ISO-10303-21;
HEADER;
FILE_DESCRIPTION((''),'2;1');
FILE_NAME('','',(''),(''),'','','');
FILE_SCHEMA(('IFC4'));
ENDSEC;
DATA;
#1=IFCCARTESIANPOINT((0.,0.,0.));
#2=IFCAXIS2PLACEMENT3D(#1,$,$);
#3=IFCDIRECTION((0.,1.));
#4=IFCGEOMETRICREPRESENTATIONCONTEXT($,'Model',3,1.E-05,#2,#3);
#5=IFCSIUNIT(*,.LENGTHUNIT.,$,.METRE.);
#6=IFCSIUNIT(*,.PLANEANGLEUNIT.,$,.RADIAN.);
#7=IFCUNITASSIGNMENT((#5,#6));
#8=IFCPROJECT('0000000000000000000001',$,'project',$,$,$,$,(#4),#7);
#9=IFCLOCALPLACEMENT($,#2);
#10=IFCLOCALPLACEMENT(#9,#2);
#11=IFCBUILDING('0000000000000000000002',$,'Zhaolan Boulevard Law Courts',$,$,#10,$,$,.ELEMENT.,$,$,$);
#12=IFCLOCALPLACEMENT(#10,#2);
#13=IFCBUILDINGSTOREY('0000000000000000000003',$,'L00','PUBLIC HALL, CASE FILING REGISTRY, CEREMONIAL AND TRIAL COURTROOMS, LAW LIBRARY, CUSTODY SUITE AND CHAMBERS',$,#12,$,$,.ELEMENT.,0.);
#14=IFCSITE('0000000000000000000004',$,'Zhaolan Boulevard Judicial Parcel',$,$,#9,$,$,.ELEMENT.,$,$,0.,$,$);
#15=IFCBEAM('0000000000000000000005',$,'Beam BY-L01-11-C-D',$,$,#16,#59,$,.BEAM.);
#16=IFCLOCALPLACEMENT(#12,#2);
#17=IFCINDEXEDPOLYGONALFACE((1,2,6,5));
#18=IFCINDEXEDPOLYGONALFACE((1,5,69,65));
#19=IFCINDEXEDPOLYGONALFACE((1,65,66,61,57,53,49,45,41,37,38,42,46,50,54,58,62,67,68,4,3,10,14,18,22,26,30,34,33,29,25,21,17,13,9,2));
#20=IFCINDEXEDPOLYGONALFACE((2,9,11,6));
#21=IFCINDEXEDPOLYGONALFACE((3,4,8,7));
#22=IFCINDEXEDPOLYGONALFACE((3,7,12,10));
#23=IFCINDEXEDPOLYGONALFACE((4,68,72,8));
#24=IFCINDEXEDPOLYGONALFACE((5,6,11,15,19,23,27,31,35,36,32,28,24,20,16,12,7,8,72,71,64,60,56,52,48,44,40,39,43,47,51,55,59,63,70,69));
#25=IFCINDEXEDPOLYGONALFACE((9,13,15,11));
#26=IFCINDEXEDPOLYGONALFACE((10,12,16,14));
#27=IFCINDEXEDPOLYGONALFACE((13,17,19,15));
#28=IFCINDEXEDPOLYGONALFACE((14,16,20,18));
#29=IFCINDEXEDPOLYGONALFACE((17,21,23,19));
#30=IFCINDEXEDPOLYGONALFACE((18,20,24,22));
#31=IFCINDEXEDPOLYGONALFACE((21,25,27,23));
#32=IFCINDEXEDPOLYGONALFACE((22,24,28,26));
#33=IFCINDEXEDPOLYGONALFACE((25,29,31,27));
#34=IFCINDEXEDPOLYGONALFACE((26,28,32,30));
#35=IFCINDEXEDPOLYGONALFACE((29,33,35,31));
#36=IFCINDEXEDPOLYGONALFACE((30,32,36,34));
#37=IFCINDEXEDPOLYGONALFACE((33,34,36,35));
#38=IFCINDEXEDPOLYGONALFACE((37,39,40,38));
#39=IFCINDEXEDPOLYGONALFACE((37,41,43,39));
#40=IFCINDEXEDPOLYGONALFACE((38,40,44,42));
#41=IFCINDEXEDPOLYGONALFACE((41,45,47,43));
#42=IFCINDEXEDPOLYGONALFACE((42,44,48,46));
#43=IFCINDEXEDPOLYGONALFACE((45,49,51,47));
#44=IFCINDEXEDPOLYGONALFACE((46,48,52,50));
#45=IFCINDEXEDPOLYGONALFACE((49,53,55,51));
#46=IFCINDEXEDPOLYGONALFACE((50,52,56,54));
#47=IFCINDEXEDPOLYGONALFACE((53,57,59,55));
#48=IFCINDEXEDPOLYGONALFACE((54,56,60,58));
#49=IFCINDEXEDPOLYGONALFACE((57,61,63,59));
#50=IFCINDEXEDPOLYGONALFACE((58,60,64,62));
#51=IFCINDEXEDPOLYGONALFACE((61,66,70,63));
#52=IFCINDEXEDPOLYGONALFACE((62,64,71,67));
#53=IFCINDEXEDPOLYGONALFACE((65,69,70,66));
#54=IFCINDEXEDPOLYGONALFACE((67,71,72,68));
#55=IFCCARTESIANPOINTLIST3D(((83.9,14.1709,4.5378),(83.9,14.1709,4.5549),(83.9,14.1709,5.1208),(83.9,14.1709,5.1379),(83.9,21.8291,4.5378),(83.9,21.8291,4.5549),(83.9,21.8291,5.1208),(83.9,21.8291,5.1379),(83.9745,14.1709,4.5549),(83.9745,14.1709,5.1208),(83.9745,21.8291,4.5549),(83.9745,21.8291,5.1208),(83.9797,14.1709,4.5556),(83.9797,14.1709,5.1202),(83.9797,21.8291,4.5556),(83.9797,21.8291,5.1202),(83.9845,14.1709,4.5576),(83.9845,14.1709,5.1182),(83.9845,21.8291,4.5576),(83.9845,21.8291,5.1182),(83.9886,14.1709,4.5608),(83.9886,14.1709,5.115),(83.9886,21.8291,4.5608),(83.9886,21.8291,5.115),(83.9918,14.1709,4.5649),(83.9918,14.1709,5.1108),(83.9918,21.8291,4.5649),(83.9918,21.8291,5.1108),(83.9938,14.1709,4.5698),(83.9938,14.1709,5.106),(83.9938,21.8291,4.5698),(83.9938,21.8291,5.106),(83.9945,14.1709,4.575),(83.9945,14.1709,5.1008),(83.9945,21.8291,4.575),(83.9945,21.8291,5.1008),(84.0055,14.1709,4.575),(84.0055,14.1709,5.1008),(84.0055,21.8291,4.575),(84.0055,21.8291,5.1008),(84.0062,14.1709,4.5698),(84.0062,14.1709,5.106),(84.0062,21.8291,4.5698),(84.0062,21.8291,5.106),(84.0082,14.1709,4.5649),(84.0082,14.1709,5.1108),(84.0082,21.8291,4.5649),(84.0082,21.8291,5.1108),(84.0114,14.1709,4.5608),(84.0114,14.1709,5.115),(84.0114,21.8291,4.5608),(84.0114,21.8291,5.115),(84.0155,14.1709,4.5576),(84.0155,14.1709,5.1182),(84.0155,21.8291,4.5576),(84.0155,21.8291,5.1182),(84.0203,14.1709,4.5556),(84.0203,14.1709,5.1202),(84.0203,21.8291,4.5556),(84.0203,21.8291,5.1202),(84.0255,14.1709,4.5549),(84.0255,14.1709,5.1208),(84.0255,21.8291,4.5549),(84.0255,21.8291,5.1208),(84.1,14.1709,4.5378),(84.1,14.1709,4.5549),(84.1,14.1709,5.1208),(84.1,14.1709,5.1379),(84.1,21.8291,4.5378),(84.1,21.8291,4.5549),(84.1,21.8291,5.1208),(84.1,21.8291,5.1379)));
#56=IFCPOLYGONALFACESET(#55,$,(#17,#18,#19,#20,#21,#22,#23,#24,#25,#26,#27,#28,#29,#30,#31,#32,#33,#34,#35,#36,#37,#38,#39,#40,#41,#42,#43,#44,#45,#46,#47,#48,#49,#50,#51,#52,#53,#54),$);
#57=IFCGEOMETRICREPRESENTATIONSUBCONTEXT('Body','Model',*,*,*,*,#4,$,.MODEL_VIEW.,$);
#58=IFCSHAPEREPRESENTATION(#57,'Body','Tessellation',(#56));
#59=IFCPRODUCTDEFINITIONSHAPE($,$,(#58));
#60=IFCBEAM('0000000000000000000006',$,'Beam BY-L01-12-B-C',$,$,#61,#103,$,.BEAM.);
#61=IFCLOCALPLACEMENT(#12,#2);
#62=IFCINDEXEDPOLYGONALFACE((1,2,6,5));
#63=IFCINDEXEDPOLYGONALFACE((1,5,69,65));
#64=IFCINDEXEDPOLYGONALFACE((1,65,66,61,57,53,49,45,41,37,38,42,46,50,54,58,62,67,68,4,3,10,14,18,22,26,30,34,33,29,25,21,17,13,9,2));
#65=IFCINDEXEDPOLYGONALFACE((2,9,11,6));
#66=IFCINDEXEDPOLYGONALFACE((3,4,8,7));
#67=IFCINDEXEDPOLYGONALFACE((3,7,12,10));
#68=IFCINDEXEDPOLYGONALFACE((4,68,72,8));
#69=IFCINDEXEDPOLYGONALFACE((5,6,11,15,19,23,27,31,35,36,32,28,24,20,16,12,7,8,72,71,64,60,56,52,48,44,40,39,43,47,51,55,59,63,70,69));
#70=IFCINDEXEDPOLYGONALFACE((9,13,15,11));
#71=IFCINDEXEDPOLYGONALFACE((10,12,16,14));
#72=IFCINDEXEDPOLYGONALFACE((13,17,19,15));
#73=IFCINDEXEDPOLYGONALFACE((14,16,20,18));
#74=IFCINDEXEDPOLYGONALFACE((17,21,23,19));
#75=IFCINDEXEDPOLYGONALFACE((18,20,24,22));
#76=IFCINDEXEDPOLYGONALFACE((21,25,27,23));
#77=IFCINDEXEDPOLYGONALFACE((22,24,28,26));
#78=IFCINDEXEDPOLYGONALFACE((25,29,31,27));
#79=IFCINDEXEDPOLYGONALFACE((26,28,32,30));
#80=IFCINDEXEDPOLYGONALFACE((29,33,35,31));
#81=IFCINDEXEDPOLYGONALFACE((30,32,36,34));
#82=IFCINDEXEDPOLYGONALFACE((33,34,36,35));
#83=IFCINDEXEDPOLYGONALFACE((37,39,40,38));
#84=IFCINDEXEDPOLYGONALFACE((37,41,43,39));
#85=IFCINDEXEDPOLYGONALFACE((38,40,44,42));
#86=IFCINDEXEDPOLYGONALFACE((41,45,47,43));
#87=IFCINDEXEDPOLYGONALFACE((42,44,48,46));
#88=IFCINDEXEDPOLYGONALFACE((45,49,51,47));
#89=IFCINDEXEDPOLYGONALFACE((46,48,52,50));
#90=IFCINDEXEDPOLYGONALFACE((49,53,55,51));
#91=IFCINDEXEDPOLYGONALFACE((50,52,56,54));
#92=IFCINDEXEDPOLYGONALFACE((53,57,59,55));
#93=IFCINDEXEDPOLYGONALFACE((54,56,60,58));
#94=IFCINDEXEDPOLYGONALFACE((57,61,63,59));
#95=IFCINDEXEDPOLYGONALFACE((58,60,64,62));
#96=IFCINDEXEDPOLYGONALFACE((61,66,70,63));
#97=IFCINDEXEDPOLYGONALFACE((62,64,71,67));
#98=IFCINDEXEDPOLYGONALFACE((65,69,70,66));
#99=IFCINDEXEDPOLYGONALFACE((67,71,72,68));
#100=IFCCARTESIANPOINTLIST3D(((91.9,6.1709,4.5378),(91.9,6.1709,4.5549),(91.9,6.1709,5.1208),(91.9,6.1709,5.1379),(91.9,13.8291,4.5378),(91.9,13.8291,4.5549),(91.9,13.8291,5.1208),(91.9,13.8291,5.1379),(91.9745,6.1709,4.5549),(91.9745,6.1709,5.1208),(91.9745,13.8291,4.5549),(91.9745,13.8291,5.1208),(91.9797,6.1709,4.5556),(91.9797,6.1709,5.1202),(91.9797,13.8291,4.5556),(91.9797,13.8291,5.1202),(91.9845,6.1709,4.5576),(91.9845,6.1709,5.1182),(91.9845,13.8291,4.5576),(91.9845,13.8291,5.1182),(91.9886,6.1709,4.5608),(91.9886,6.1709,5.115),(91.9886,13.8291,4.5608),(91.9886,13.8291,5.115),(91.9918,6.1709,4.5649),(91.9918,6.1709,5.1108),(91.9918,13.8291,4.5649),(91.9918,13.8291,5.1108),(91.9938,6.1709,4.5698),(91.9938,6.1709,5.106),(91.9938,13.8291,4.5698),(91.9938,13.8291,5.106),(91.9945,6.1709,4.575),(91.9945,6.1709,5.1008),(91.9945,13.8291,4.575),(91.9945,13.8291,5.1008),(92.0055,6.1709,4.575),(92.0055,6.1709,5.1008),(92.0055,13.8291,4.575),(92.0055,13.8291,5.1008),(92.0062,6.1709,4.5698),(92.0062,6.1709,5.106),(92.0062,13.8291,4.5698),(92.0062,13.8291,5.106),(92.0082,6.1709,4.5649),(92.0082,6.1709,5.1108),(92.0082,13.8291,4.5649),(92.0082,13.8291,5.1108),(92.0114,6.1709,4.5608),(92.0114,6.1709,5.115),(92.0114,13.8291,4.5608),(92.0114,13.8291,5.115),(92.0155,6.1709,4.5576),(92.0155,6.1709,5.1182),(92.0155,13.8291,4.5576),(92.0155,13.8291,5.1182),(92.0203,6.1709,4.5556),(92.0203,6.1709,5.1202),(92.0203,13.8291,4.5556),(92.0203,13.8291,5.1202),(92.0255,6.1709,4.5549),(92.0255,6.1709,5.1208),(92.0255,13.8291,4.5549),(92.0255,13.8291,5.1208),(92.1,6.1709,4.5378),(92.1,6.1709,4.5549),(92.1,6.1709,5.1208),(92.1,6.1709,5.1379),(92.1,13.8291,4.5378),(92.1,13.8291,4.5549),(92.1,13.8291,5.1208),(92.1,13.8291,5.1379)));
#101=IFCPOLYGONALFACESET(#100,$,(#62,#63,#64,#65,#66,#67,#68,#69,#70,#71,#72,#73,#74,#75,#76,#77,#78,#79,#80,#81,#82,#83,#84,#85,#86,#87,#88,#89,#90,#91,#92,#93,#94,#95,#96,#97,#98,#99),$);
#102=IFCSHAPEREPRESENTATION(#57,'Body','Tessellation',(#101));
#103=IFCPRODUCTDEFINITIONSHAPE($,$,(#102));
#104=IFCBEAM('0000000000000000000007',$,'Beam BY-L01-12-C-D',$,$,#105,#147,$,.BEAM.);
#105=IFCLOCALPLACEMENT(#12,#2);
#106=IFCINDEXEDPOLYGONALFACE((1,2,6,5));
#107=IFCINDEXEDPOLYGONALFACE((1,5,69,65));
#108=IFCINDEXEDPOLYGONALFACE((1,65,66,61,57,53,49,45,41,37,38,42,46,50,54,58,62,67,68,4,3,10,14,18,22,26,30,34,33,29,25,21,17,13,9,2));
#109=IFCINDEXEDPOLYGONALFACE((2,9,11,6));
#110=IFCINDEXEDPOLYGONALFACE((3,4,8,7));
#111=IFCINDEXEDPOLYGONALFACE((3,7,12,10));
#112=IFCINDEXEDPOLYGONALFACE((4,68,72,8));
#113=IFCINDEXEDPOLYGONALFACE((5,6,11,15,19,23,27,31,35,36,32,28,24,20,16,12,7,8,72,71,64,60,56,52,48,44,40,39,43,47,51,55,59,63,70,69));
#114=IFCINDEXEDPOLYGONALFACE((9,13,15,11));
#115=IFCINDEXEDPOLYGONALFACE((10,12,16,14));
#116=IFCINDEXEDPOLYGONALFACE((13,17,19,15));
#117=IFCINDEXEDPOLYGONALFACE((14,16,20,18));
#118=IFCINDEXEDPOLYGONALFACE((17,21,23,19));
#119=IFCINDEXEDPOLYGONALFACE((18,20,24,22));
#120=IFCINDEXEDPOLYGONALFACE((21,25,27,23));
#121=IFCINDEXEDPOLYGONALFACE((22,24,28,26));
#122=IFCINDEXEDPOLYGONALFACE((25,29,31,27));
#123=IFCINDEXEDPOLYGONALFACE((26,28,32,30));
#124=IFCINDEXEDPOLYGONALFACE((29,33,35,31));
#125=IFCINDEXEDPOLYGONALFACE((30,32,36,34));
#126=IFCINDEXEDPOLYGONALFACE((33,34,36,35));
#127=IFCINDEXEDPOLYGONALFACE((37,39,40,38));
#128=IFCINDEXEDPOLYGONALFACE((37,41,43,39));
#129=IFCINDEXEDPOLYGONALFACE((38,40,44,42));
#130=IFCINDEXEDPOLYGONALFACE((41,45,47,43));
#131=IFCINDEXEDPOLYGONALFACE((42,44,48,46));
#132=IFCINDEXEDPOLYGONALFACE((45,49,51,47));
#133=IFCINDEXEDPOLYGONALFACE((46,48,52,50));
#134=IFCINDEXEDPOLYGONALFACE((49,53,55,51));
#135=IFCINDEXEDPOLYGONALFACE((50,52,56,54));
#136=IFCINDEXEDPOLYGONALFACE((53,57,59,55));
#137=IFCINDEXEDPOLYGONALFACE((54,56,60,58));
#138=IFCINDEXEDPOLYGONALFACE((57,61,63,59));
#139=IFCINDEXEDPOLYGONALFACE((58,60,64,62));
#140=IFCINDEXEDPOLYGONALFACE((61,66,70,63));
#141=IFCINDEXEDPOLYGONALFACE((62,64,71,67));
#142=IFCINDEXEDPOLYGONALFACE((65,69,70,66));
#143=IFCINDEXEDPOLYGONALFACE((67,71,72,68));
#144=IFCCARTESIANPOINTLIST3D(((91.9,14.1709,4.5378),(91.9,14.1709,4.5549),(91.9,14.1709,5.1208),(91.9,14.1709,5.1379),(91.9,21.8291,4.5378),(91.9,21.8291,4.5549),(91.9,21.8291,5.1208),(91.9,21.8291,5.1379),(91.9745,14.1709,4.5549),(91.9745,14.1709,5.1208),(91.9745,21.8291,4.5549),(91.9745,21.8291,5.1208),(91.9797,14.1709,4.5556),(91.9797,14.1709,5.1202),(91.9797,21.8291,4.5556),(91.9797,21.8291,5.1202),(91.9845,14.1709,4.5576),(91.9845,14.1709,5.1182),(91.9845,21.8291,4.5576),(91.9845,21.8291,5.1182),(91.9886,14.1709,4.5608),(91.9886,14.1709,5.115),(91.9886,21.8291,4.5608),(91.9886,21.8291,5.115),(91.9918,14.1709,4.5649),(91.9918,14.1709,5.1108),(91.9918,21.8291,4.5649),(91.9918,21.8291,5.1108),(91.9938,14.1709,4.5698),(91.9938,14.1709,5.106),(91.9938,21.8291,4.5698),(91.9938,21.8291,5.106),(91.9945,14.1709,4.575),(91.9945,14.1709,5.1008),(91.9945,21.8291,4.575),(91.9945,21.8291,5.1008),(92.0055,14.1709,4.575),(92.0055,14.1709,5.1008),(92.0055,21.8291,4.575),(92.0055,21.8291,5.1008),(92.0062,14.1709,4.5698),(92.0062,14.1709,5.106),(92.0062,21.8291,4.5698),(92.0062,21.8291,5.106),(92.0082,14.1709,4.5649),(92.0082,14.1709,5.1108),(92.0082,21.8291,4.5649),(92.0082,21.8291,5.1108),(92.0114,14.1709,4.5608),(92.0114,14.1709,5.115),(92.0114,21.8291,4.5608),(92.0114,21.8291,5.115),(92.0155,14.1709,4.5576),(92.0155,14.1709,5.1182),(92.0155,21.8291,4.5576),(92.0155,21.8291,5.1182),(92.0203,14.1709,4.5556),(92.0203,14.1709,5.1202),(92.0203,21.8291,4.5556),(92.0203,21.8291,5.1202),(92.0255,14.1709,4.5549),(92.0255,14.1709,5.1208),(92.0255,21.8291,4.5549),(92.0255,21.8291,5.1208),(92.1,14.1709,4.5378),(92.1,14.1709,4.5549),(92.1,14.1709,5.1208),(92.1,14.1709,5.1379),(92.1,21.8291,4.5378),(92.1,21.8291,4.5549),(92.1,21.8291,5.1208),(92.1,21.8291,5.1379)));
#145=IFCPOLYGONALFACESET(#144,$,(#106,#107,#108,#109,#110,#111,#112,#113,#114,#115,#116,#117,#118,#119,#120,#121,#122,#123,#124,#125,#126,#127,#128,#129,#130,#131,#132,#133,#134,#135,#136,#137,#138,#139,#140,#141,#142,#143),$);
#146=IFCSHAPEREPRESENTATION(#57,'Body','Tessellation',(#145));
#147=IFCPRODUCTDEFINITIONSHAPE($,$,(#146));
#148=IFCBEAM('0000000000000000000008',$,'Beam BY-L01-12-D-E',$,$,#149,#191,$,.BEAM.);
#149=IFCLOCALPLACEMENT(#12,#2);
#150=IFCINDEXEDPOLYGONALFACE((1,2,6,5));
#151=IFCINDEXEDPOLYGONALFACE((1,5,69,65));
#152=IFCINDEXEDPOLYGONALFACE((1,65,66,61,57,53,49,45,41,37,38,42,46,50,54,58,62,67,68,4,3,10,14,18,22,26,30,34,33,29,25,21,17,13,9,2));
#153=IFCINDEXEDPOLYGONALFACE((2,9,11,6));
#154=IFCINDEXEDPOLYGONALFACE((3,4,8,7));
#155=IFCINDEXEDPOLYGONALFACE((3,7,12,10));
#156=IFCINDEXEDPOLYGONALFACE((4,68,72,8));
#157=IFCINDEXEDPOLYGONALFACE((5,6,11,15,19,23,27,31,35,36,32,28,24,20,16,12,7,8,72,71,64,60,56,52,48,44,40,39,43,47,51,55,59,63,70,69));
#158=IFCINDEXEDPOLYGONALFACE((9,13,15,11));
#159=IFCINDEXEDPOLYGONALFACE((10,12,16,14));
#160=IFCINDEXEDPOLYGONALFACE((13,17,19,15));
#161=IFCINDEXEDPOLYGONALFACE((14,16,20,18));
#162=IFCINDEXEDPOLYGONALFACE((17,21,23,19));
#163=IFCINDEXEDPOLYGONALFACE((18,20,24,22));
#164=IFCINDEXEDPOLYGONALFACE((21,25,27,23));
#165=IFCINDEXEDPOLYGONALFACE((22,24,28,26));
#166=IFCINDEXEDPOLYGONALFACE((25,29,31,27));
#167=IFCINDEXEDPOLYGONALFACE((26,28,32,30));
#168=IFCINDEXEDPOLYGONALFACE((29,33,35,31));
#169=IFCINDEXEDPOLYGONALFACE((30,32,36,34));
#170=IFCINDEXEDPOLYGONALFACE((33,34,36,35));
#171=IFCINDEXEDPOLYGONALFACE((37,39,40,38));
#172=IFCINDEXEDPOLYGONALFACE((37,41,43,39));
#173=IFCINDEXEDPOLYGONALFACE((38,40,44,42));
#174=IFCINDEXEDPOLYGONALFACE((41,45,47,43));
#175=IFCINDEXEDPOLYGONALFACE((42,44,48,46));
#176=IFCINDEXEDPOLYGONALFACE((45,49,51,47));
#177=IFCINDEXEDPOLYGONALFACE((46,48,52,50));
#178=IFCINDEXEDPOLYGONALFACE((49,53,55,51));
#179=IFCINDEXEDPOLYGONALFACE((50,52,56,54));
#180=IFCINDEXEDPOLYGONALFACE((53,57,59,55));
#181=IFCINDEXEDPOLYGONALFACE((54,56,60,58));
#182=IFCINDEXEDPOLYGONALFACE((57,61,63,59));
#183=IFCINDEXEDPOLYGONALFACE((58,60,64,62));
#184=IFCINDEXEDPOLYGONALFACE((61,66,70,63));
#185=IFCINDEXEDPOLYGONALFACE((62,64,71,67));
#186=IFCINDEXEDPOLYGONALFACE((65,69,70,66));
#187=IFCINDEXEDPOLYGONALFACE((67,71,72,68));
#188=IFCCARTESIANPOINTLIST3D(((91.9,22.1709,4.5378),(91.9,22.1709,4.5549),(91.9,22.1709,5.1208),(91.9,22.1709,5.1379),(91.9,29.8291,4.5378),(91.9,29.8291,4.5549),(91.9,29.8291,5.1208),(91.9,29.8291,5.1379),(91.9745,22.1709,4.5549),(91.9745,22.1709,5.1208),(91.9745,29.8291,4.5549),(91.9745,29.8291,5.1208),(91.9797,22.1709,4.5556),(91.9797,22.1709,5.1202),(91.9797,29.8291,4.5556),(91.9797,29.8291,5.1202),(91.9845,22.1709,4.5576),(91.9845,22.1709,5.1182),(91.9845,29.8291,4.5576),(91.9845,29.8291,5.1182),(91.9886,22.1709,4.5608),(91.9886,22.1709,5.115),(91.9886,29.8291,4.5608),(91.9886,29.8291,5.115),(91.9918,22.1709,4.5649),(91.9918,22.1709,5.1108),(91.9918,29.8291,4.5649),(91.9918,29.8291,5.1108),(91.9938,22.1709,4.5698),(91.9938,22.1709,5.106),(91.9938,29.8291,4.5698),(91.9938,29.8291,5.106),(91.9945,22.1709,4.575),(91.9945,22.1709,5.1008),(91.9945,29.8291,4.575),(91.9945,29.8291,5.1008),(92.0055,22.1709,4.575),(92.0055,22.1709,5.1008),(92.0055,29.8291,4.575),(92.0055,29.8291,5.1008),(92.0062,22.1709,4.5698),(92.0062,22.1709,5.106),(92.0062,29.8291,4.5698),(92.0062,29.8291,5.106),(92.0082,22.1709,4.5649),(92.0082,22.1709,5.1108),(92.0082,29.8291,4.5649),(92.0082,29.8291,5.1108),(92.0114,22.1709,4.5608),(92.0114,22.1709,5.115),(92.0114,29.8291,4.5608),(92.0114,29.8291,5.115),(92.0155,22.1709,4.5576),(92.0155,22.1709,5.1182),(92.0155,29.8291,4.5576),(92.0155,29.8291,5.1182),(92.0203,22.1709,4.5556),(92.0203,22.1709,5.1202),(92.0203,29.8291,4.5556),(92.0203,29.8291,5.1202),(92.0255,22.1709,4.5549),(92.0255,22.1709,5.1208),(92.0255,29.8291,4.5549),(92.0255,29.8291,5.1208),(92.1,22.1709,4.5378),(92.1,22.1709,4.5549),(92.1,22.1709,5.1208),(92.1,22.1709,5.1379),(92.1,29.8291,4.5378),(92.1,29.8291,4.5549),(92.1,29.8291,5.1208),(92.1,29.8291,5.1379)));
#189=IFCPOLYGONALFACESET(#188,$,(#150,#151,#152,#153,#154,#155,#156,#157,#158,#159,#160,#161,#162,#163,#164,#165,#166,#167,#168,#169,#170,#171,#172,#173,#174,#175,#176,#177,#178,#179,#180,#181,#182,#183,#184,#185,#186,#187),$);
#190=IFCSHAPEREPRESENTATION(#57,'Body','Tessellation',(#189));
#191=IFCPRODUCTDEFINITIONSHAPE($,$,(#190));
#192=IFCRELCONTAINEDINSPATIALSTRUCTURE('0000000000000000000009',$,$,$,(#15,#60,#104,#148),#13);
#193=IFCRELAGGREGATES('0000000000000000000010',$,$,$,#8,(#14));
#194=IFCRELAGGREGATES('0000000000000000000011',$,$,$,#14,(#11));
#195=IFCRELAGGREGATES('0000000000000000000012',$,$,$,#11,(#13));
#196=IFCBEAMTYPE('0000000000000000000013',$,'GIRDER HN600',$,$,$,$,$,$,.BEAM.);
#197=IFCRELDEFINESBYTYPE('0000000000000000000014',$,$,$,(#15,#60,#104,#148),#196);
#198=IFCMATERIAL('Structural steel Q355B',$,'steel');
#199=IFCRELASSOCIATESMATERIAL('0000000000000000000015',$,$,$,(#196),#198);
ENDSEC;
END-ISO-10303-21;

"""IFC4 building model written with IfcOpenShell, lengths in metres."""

from ifc_helpers import new_model, si_unit, direction, frame, origin, origin_2d, place, context, subcontext, project, spatial, i_section, extrude, material, material_profile, profile_set, type_object, element, save


model = new_model("IFC4")

# Units and contexts
model_context = context("Model", 3, precision=1e-05, world=origin(), true_north=direction((0.0, 1.0)))
body_context = subcontext(model_context, "Body", "Model", "MODEL_VIEW")
ifc_project = project(units=[si_unit("LENGTHUNIT", "METRE"), si_unit("PLANEANGLEUNIT", "RADIAN")], contexts=[model_context])

# Site, building, storey
site_placement = place(None, origin())
site = spatial("IfcSite", under=ifc_project, at=site_placement, Name="Zhaolan Boulevard Judicial Parcel", CompositionType="ELEMENT", RefElevation=0.0)
building_placement = place(site_placement, origin())
building = spatial("IfcBuilding", under=site, at=building_placement, Name="Zhaolan Boulevard Law Courts", CompositionType="ELEMENT")
storey_placement = place(building_placement, origin())
storey = spatial("IfcBuildingStorey", under=building, at=storey_placement, Name="L00", Description="PUBLIC HALL, CASE FILING REGISTRY, CEREMONIAL AND TRIAL COURTROOMS, LAW LIBRARY, CUSTODY SUITE AND CHAMBERS", CompositionType="ELEMENT", Elevation=0.0)

# Beams
ifc_material_1 = material(Name="Structural steel Q355B", Category="steel")
ifc_material_profile_1 = material_profile(ifc_material_1, i_section(OverallWidth=0.2, OverallDepth=0.6001, WebThickness=0.011, FlangeThickness=0.0171, FilletRadius=0.02, at=origin_2d()), Name="HN600x200")
ifc_profile_set_1 = profile_set([ifc_material_profile_1], Name="Structural steel Q355B")
beam_type_1 = type_object("IfcBeamType", Name="GIRDER HN600", PredefinedType="BEAM", material=ifc_profile_set_1)
for number, where, z_axis, x_axis, name in (
    (1, (84.0, 14.1709, 4.8379), (0.0, 1.0, 0.0), (-1.0, 0.0, 0.0), "Beam BY-L01-11-C-D"),
    (2, (92.0, 6.1709, 4.8379), (0.0, 1.0, 0.0), (-1.0, 0.0, 0.0), "Beam BY-L01-12-B-C"),
    (3, (92.0, 14.1709, 4.8379), (0.0, 1.0, 0.0), (-1.0, 0.0, 0.0), "Beam BY-L01-12-C-D"),
    (4, (92.0, 22.1709, 4.8379), (0.0, 1.0, 0.0), (-1.0, 0.0, 0.0), "Beam BY-L01-12-D-E"),
):
    element("IfcBeam", number, at=place(storey_placement, frame(where, z_axis=z_axis, x_axis=x_axis)), inside=storey, type_object=beam_type_1, Name=name, PredefinedType="BEAM", context=body_context, shape_type="SweptSolid", body=[
        extrude(i_section(OverallWidth=0.2, OverallDepth=0.6001, WebThickness=0.011, FlangeThickness=0.0171, FilletRadius=0.02, at=origin_2d()), origin(), (0.0, 0.0, 1.0), 7.6582),
    ])

save(model, "model.ifc")
